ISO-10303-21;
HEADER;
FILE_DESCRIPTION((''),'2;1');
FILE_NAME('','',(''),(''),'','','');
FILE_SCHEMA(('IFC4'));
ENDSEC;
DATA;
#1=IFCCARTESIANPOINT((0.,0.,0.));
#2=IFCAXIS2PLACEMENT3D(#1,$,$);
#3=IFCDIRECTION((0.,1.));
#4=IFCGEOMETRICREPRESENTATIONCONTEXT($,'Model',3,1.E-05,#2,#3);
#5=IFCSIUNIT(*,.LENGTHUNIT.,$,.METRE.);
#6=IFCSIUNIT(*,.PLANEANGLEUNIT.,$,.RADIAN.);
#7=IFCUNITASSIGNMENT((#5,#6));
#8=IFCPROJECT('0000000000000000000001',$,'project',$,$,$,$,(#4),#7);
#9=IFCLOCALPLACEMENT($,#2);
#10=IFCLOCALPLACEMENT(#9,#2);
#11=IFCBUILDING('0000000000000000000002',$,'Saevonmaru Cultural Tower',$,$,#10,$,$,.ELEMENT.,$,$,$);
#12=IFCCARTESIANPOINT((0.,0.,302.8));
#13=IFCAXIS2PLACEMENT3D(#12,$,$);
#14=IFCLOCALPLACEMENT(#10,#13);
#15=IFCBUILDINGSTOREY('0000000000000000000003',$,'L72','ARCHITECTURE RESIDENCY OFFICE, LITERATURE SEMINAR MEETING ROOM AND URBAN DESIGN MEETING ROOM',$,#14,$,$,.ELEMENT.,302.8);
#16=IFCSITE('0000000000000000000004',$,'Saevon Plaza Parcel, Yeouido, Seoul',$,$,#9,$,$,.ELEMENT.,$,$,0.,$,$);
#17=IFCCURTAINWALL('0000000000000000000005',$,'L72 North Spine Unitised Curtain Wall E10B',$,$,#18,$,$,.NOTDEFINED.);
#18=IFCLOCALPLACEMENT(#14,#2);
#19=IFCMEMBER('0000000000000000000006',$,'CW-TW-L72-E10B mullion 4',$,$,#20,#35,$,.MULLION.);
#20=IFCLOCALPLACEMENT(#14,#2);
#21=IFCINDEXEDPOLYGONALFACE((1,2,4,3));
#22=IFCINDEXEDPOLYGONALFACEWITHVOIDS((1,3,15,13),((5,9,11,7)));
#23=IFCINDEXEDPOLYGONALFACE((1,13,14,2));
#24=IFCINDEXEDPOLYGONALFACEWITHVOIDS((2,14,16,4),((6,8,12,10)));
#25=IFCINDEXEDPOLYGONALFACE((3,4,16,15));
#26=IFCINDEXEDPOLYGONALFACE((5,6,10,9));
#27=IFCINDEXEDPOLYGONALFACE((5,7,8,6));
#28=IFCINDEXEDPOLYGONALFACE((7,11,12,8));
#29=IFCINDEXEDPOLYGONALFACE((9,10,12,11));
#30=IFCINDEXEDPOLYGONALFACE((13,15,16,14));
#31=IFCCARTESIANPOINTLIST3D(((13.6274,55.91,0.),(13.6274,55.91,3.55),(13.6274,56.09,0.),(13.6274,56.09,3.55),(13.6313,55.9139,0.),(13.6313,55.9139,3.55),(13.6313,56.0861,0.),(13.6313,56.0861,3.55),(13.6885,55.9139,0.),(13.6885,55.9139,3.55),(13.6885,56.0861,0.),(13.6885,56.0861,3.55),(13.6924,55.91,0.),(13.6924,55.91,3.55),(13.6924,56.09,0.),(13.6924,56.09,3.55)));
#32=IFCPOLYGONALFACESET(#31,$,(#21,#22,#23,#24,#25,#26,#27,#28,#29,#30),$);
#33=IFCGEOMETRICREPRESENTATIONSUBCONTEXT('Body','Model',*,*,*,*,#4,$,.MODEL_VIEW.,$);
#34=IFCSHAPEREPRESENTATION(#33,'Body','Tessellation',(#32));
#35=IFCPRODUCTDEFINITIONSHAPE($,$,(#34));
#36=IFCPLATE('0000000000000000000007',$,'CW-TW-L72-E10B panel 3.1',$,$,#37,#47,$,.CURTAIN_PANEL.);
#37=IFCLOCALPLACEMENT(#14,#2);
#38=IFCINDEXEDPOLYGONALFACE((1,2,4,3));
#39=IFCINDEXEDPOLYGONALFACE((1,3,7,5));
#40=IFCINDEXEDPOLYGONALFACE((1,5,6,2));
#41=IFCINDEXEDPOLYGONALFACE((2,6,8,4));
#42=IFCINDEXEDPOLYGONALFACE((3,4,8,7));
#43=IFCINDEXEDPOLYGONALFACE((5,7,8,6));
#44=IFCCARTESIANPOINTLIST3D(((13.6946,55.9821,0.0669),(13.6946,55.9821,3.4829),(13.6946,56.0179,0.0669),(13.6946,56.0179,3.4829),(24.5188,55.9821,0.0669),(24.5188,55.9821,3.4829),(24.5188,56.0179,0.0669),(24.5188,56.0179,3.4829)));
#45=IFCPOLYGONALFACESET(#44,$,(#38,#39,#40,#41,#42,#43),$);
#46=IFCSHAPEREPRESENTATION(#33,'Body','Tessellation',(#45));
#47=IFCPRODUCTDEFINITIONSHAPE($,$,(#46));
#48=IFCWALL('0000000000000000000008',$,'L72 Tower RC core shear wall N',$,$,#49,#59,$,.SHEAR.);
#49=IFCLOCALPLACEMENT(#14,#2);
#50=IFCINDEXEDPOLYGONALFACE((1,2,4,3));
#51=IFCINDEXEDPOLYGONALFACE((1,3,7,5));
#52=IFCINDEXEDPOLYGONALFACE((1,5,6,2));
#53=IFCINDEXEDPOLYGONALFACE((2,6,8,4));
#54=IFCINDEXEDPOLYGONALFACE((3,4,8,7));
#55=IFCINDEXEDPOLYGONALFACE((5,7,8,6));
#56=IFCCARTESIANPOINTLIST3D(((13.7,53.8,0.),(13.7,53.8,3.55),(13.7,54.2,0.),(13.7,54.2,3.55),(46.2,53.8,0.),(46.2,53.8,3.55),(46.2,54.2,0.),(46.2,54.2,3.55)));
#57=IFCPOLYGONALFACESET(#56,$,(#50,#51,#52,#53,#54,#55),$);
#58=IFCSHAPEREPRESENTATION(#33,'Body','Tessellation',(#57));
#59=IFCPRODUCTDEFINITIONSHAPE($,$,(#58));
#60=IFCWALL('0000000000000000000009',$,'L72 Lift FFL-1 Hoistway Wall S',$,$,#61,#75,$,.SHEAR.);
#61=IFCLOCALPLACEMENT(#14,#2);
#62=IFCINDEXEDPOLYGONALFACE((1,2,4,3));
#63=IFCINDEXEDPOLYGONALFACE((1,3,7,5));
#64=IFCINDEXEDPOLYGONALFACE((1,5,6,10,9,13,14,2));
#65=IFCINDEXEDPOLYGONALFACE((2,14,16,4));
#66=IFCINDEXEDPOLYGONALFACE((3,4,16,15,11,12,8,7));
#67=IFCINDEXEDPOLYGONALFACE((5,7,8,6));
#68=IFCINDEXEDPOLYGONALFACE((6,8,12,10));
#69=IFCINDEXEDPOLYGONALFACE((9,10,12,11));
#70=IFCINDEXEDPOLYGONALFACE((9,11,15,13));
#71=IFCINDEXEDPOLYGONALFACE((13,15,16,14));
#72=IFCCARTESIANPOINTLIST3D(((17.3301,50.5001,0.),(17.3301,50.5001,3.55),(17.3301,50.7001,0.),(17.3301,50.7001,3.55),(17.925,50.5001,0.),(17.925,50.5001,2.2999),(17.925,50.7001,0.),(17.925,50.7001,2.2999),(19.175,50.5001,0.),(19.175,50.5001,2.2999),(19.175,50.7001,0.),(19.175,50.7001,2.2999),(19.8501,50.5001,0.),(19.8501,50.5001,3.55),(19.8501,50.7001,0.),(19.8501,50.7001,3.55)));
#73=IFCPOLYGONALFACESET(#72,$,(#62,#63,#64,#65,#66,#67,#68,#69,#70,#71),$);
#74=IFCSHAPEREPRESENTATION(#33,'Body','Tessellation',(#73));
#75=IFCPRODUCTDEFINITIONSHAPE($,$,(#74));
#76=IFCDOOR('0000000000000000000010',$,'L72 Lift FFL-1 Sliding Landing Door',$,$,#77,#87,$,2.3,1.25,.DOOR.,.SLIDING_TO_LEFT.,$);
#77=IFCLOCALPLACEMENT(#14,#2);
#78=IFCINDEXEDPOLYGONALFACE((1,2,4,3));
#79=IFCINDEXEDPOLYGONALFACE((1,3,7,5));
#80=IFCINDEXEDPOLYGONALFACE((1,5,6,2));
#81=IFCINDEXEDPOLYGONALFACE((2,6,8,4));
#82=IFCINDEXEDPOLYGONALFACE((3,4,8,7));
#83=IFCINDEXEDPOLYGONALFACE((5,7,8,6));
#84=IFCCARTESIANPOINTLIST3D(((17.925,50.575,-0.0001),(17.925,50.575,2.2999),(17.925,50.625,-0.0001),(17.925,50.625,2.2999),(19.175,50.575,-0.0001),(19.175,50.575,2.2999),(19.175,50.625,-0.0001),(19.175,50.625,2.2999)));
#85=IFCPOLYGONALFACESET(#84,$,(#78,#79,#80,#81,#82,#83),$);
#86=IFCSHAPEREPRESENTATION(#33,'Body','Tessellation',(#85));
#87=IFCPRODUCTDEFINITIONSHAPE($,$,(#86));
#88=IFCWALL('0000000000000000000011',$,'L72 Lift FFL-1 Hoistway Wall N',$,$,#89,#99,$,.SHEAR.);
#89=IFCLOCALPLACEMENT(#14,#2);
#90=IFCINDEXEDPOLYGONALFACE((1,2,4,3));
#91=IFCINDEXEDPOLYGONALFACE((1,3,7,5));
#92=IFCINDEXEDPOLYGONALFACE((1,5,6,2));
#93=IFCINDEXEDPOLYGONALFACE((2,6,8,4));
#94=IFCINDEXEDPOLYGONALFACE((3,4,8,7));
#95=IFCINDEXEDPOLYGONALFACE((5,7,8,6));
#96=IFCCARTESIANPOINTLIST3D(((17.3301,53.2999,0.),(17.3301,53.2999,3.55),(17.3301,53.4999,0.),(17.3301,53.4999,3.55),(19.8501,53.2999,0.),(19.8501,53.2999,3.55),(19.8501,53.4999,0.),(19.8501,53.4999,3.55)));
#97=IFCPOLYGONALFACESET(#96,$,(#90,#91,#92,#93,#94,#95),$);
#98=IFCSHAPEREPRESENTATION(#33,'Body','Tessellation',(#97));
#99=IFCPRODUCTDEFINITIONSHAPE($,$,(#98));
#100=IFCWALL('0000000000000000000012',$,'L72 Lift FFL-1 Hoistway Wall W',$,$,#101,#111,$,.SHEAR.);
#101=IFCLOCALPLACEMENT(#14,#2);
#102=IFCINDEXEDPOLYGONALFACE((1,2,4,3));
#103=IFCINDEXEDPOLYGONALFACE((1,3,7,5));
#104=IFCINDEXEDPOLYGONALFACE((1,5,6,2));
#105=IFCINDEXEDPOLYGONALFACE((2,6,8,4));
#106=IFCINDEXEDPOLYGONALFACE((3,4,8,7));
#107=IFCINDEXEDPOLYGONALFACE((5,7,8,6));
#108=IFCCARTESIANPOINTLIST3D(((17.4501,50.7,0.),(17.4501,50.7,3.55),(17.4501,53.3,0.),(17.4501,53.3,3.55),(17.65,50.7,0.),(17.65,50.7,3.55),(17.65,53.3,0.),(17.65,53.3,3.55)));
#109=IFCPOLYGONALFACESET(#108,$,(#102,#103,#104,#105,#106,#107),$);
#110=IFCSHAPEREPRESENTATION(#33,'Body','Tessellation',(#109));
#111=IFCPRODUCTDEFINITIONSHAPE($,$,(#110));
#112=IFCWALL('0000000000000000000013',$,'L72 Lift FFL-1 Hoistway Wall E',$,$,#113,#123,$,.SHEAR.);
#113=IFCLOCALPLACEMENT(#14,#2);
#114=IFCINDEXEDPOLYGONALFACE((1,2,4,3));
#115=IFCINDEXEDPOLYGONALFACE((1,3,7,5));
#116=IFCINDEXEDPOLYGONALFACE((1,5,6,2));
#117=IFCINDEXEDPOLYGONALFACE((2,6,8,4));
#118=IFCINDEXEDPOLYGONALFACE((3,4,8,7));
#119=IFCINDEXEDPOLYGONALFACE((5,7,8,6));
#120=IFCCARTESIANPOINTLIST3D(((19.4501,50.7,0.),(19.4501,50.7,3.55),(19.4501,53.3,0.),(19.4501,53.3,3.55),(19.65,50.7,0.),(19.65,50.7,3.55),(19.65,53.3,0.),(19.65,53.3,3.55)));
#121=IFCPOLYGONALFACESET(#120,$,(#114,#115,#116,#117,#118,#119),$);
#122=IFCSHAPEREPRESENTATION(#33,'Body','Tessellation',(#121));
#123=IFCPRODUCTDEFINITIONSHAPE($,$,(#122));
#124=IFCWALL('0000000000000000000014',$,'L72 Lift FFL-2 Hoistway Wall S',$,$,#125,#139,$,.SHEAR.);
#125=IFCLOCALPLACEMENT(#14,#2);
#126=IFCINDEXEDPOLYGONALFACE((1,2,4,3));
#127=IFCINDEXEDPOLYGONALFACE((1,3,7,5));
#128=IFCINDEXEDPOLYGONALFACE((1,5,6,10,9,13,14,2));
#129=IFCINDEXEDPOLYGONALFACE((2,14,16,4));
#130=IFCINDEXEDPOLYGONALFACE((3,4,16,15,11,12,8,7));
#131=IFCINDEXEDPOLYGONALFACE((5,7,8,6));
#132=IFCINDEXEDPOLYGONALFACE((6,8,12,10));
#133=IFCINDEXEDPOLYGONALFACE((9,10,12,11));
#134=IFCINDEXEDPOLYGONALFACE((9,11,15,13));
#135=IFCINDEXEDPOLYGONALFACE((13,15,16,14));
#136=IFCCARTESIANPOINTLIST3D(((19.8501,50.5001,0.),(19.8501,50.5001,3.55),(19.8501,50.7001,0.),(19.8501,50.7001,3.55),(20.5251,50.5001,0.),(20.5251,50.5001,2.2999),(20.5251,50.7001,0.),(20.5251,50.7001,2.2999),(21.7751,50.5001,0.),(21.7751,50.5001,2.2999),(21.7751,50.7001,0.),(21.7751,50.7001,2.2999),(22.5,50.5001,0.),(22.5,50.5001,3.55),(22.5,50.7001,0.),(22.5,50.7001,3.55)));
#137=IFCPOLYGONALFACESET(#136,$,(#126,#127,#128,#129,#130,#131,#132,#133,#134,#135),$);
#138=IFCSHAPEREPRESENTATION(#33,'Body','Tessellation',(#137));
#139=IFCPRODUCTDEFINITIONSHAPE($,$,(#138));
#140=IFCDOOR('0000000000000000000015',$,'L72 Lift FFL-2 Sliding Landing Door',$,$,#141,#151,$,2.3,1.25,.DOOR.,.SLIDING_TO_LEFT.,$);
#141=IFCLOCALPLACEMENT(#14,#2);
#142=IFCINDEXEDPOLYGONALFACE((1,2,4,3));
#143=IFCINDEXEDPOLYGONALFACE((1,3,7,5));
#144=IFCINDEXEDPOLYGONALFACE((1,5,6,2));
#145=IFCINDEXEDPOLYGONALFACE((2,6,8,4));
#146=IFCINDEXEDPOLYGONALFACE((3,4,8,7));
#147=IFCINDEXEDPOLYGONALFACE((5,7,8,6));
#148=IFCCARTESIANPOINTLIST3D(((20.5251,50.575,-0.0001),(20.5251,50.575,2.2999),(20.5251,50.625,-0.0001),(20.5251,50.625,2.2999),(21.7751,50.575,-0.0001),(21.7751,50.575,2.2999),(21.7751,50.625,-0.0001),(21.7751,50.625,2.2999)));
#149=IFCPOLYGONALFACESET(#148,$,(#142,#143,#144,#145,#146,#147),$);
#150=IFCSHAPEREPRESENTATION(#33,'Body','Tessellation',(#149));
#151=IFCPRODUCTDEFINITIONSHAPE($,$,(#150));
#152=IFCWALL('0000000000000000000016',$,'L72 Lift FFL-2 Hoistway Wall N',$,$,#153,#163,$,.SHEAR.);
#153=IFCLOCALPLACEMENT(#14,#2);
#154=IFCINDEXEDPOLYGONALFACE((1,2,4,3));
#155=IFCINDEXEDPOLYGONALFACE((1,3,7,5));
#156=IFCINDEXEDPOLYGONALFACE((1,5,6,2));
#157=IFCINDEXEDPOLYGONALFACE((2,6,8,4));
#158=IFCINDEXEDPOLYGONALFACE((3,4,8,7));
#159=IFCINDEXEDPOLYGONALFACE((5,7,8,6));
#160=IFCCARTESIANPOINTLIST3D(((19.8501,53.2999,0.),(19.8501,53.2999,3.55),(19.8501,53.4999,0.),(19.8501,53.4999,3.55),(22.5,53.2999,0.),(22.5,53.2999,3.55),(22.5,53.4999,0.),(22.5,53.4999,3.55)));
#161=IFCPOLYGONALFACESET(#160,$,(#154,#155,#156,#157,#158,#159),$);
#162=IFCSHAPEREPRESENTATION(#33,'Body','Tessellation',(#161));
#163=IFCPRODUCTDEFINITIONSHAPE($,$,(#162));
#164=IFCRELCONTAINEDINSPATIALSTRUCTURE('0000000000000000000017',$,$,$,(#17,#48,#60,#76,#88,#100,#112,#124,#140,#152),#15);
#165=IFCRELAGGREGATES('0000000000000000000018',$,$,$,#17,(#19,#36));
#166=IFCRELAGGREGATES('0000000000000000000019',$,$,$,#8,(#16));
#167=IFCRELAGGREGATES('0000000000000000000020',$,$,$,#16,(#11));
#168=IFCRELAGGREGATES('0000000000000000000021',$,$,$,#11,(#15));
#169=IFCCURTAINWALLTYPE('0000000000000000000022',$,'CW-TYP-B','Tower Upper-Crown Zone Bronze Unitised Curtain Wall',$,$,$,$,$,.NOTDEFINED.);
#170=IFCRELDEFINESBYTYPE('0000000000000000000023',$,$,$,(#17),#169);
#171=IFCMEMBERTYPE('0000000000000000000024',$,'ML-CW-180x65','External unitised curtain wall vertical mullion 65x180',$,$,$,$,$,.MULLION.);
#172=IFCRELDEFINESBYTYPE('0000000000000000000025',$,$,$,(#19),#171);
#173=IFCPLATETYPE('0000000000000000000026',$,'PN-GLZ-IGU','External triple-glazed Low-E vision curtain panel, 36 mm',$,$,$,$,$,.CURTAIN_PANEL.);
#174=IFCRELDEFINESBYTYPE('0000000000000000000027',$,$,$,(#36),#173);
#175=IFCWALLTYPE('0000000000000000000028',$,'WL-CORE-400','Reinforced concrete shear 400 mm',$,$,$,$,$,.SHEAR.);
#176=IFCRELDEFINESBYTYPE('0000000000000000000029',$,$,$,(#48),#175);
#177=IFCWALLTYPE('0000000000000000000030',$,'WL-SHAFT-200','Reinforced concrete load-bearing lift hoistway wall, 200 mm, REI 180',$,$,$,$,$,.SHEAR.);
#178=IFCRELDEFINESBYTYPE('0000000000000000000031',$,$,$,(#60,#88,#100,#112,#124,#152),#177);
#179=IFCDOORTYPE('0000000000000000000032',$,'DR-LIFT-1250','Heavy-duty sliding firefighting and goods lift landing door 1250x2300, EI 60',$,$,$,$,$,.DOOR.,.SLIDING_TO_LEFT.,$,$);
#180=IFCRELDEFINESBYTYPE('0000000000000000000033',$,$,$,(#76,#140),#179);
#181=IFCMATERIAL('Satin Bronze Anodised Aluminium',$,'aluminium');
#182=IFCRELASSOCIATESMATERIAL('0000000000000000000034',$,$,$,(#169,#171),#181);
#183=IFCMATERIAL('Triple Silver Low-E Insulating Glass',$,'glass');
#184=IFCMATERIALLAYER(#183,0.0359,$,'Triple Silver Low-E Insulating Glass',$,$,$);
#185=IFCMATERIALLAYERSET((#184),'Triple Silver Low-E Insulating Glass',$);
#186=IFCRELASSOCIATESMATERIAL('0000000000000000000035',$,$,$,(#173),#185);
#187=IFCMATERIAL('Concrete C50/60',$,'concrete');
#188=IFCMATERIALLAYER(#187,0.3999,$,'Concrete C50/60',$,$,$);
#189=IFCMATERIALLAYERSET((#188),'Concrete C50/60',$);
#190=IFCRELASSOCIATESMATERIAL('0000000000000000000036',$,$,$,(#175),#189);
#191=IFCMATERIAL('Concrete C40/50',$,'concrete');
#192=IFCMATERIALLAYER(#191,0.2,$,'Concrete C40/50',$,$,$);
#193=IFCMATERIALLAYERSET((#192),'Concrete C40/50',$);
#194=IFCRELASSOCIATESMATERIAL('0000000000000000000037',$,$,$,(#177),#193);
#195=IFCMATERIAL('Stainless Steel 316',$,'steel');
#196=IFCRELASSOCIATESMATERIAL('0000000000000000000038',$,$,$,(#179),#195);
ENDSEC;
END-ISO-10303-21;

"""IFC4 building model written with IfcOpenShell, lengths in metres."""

from ifc_helpers import new_model, si_unit, direction, frame, frame_2d, origin, origin_2d, place, context, subcontext, project, spatial, rectangle, hollow_rectangle, extrude, material, layer, layer_set, material_profile, profile_set, type_object, element, fill, aggregate, save


model = new_model("IFC4")

# Units and contexts
model_context = context("Model", 3, precision=1e-05, world=origin(), true_north=direction((0.0, 1.0)))
body_context = subcontext(model_context, "Body", "Model", "MODEL_VIEW")
ifc_project = project(units=[si_unit("LENGTHUNIT", "METRE"), si_unit("PLANEANGLEUNIT", "RADIAN")], contexts=[model_context])

# Site, building, storey
site_placement = place(None, origin())
site = spatial("IfcSite", under=ifc_project, at=site_placement, Name="Saevon Plaza Parcel, Yeouido, Seoul", CompositionType="ELEMENT", RefElevation=0.0)
building_placement = place(site_placement, origin())
building = spatial("IfcBuilding", under=site, at=building_placement, Name="Saevonmaru Cultural Tower", CompositionType="ELEMENT")
storey_placement = place(building_placement, frame((0.0, 0.0, 302.8)))
storey = spatial("IfcBuildingStorey", under=building, at=storey_placement, Name="L72", Description="ARCHITECTURE RESIDENCY OFFICE, LITERATURE SEMINAR MEETING ROOM AND URBAN DESIGN MEETING ROOM", CompositionType="ELEMENT", Elevation=302.8)

# Curtain wall, member, plate
ifc_material_1 = material(Name="Satin Bronze Anodised Aluminium", Category="aluminium")
curtain_wall_type = type_object("IfcCurtainWallType", Name="CW-TYP-B", Description="Tower Upper-Crown Zone Bronze Unitised Curtain Wall", PredefinedType="NOTDEFINED", material=ifc_material_1)
curtain_wall_placement = place(storey_placement, origin())
curtain_wall = element("IfcCurtainWall", 1, at=curtain_wall_placement, inside=storey, type_object=curtain_wall_type, Name="L72 North Spine Unitised Curtain Wall E10B", PredefinedType="NOTDEFINED")
ifc_material_profile = material_profile(ifc_material_1, hollow_rectangle(XDim=0.0649, YDim=0.1799, WallThickness=0.0039, at=origin_2d()), Name="ALU-MULL-180x65x4")
ifc_profile_set = profile_set([ifc_material_profile], Name="Satin Bronze Anodised Aluminium")
member_type = type_object("IfcMemberType", Name="ML-CW-180x65", Description="External unitised curtain wall vertical mullion 65x180", PredefinedType="MULLION", material=ifc_profile_set)
member_placement = place(storey_placement, frame((13.6599, 56.0, 0.0), z_axis=(0.0, 0.0, 1.0), x_axis=(-1.0, 0.0, 0.0)))
member = element("IfcMember", 2, at=member_placement, type_object=member_type, Name="CW-TW-L72-E10B mullion 4", PredefinedType="MULLION", context=body_context, shape_type="SweptSolid", body=[
    extrude(hollow_rectangle(XDim=0.0649, YDim=0.1799, WallThickness=0.0039, at=origin_2d()), origin(), (0.0, 0.0, 1.0), 3.55),
])
ifc_material_2 = material(Name="Triple Silver Low-E Insulating Glass", Category="glass")
ifc_layer_1 = layer(ifc_material_2, 0.0359, Name="Triple Silver Low-E Insulating Glass")
ifc_layer_set_1 = layer_set([ifc_layer_1], Name="Triple Silver Low-E Insulating Glass")
plate_type = type_object("IfcPlateType", Name="PN-GLZ-IGU", Description="External triple-glazed Low-E vision curtain panel, 36 mm", PredefinedType="CURTAIN_PANEL", material=ifc_layer_set_1)
plate_placement = place(storey_placement, frame((19.1067, 56.0, 0.0669), z_axis=(0.0, 0.0, 1.0), x_axis=(-1.0, 0.0, 0.0)))
plate = element("IfcPlate", 3, at=plate_placement, type_object=plate_type, Name="CW-TW-L72-E10B panel 3.1", PredefinedType="CURTAIN_PANEL", context=body_context, shape_type="SweptSolid", body=[
    extrude(rectangle(XDim=10.8242, YDim=0.0359, at=origin_2d()), origin(), (0.0, 0.0, 1.0), 3.416),
])
aggregate(curtain_wall, [member, plate])

# Wall
ifc_material_3 = material(Name="Concrete C50/60", Category="concrete")
ifc_layer_2 = layer(ifc_material_3, 0.3999, Name="Concrete C50/60")
ifc_layer_set_2 = layer_set([ifc_layer_2], Name="Concrete C50/60")
wall_type_1 = type_object("IfcWallType", Name="WL-CORE-400", Description="Reinforced concrete shear 400 mm", PredefinedType="SHEAR", material=ifc_layer_set_2)
wall_1_placement = place(storey_placement, frame((13.7, 54.0, 0.0), z_axis=(0.0, 0.0, 1.0), x_axis=(1.0, 0.0, 0.0)))
element("IfcWall", 4, at=wall_1_placement, inside=storey, type_object=wall_type_1, Name="L72 Tower RC core shear wall N", PredefinedType="SHEAR", context=body_context, shape_type="SweptSolid", body=[
    extrude(rectangle(XDim=32.5, YDim=0.3999, at=frame_2d((16.25, 0.0))), origin(), (0.0, 0.0, 1.0), 3.55),
])

# Wall, opening, door
ifc_material_4 = material(Name="Concrete C40/50", Category="concrete")
ifc_layer_3 = layer(ifc_material_4, 0.2, Name="Concrete C40/50")
ifc_layer_set_3 = layer_set([ifc_layer_3], Name="Concrete C40/50")
wall_type_2 = type_object("IfcWallType", Name="WL-SHAFT-200", Description="Reinforced concrete load-bearing lift hoistway wall, 200 mm, REI 180", PredefinedType="SHEAR", material=ifc_layer_set_3)
wall_2_placement = place(storey_placement, frame((17.3301, 50.6001, 0.0), z_axis=(0.0, 0.0, 1.0), x_axis=(1.0, 0.0, 0.0)))
wall_2 = element("IfcWall", 5, at=wall_2_placement, inside=storey, type_object=wall_type_2, Name="L72 Lift FFL-1 Hoistway Wall S", PredefinedType="SHEAR", context=body_context, shape_type="SweptSolid", body=[
    extrude(rectangle(XDim=2.52, YDim=0.2, at=frame_2d((1.26, 0.0))), origin(), (0.0, 0.0, 1.0), 3.55),
])
opening_1_placement = place(wall_2_placement, frame((0.595, 0.0, 0.0)))
opening_1 = element("IfcOpeningElement", 6, at=opening_1_placement, cuts=wall_2, PredefinedType="OPENING", context=body_context, shape_type="SweptSolid", body=[
    extrude(rectangle(XDim=1.25, YDim=2.3, at=frame_2d((0.625, 1.1499))), frame((0.0, 0.1099, 0.0), z_axis=(0.0, -1.0, 0.0), x_axis=(1.0, 0.0, 0.0)), (0.0, 0.0, 1.0), 0.22),
])
ifc_material_5 = material(Name="Stainless Steel 316", Category="steel")
door_type = type_object("IfcDoorType", Name="DR-LIFT-1250", Description="Heavy-duty sliding firefighting and goods lift landing door 1250x2300, EI 60", OperationType="SLIDING_TO_LEFT", PredefinedType="DOOR", material=ifc_material_5)
door_1_placement = place(opening_1_placement, origin())
door_1 = element("IfcDoor", 7, at=door_1_placement, inside=storey, type_object=door_type, Name="L72 Lift FFL-1 Sliding Landing Door", OperationType="SLIDING_TO_LEFT", OverallHeight=2.3, OverallWidth=1.25, PredefinedType="DOOR", context=body_context, shape_type="SweptSolid", body=[
    extrude(rectangle(XDim=1.25, YDim=2.3, at=frame_2d((0.625, 1.1499))), frame((0.0, 0.0249, 0.0), z_axis=(0.0, -1.0, 0.0), x_axis=(1.0, 0.0, 0.0)), (0.0, 0.0, 1.0), 0.05),
])
fill(opening_1, door_1)

# Walls
wall_3_placement = place(storey_placement, frame((17.3301, 53.3999, 0.0), z_axis=(0.0, 0.0, 1.0), x_axis=(1.0, 0.0, 0.0)))
element("IfcWall", 8, at=wall_3_placement, inside=storey, type_object=wall_type_2, Name="L72 Lift FFL-1 Hoistway Wall N", PredefinedType="SHEAR", context=body_context, shape_type="SweptSolid", body=[
    extrude(rectangle(XDim=2.52, YDim=0.2, at=frame_2d((1.26, 0.0))), origin(), (0.0, 0.0, 1.0), 3.55),
])
for number, where, z_axis, x_axis, name in (
    (9, (17.55, 50.7, 0.0), (0.0, 0.0, 1.0), (0.0, 1.0, 0.0), "L72 Lift FFL-1 Hoistway Wall W"),
    (10, (19.55, 50.7, 0.0), (0.0, 0.0, 1.0), (0.0, 1.0, 0.0), "L72 Lift FFL-1 Hoistway Wall E"),
):
    element("IfcWall", number, at=place(storey_placement, frame(where, z_axis=z_axis, x_axis=x_axis)), inside=storey, type_object=wall_type_2, Name=name, PredefinedType="SHEAR", context=body_context, shape_type="SweptSolid", body=[
        extrude(rectangle(XDim=2.6001, YDim=0.2, at=frame_2d((1.3, 0.0))), origin(), (0.0, 0.0, 1.0), 3.55),
    ])

# Wall, opening, door
wall_4_placement = place(storey_placement, frame((19.8501, 50.6001, 0.0), z_axis=(0.0, 0.0, 1.0), x_axis=(1.0, 0.0, 0.0)))
wall_4 = element("IfcWall", 11, at=wall_4_placement, inside=storey, type_object=wall_type_2, Name="L72 Lift FFL-2 Hoistway Wall S", PredefinedType="SHEAR", context=body_context, shape_type="SweptSolid", body=[
    extrude(rectangle(XDim=2.6499, YDim=0.2, at=frame_2d((1.325, 0.0))), origin(), (0.0, 0.0, 1.0), 3.55),
])
opening_2_placement = place(wall_4_placement, frame((0.675, 0.0, 0.0)))
opening_2 = element("IfcOpeningElement", 12, at=opening_2_placement, cuts=wall_4, PredefinedType="OPENING", context=body_context, shape_type="SweptSolid", body=[
    extrude(rectangle(XDim=1.25, YDim=2.3, at=frame_2d((0.625, 1.1499))), frame((0.0, 0.1099, 0.0), z_axis=(0.0, -1.0, 0.0), x_axis=(1.0, 0.0, 0.0)), (0.0, 0.0, 1.0), 0.22),
])
door_2_placement = place(opening_2_placement, origin())
door_2 = element("IfcDoor", 13, at=door_2_placement, inside=storey, type_object=door_type, Name="L72 Lift FFL-2 Sliding Landing Door", OperationType="SLIDING_TO_LEFT", OverallHeight=2.3, OverallWidth=1.25, PredefinedType="DOOR", context=body_context, shape_type="SweptSolid", body=[
    extrude(rectangle(XDim=1.25, YDim=2.3, at=frame_2d((0.625, 1.1499))), frame((0.0, 0.0249, 0.0), z_axis=(0.0, -1.0, 0.0), x_axis=(1.0, 0.0, 0.0)), (0.0, 0.0, 1.0), 0.05),
])
fill(opening_2, door_2)

# Wall
wall_5_placement = place(storey_placement, frame((19.8501, 53.3999, 0.0), z_axis=(0.0, 0.0, 1.0), x_axis=(1.0, 0.0, 0.0)))
element("IfcWall", 14, at=wall_5_placement, inside=storey, type_object=wall_type_2, Name="L72 Lift FFL-2 Hoistway Wall N", PredefinedType="SHEAR", context=body_context, shape_type="SweptSolid", body=[
    extrude(rectangle(XDim=2.6499, YDim=0.2, at=frame_2d((1.325, 0.0))), origin(), (0.0, 0.0, 1.0), 3.55),
])

save(model, "model.ifc")
